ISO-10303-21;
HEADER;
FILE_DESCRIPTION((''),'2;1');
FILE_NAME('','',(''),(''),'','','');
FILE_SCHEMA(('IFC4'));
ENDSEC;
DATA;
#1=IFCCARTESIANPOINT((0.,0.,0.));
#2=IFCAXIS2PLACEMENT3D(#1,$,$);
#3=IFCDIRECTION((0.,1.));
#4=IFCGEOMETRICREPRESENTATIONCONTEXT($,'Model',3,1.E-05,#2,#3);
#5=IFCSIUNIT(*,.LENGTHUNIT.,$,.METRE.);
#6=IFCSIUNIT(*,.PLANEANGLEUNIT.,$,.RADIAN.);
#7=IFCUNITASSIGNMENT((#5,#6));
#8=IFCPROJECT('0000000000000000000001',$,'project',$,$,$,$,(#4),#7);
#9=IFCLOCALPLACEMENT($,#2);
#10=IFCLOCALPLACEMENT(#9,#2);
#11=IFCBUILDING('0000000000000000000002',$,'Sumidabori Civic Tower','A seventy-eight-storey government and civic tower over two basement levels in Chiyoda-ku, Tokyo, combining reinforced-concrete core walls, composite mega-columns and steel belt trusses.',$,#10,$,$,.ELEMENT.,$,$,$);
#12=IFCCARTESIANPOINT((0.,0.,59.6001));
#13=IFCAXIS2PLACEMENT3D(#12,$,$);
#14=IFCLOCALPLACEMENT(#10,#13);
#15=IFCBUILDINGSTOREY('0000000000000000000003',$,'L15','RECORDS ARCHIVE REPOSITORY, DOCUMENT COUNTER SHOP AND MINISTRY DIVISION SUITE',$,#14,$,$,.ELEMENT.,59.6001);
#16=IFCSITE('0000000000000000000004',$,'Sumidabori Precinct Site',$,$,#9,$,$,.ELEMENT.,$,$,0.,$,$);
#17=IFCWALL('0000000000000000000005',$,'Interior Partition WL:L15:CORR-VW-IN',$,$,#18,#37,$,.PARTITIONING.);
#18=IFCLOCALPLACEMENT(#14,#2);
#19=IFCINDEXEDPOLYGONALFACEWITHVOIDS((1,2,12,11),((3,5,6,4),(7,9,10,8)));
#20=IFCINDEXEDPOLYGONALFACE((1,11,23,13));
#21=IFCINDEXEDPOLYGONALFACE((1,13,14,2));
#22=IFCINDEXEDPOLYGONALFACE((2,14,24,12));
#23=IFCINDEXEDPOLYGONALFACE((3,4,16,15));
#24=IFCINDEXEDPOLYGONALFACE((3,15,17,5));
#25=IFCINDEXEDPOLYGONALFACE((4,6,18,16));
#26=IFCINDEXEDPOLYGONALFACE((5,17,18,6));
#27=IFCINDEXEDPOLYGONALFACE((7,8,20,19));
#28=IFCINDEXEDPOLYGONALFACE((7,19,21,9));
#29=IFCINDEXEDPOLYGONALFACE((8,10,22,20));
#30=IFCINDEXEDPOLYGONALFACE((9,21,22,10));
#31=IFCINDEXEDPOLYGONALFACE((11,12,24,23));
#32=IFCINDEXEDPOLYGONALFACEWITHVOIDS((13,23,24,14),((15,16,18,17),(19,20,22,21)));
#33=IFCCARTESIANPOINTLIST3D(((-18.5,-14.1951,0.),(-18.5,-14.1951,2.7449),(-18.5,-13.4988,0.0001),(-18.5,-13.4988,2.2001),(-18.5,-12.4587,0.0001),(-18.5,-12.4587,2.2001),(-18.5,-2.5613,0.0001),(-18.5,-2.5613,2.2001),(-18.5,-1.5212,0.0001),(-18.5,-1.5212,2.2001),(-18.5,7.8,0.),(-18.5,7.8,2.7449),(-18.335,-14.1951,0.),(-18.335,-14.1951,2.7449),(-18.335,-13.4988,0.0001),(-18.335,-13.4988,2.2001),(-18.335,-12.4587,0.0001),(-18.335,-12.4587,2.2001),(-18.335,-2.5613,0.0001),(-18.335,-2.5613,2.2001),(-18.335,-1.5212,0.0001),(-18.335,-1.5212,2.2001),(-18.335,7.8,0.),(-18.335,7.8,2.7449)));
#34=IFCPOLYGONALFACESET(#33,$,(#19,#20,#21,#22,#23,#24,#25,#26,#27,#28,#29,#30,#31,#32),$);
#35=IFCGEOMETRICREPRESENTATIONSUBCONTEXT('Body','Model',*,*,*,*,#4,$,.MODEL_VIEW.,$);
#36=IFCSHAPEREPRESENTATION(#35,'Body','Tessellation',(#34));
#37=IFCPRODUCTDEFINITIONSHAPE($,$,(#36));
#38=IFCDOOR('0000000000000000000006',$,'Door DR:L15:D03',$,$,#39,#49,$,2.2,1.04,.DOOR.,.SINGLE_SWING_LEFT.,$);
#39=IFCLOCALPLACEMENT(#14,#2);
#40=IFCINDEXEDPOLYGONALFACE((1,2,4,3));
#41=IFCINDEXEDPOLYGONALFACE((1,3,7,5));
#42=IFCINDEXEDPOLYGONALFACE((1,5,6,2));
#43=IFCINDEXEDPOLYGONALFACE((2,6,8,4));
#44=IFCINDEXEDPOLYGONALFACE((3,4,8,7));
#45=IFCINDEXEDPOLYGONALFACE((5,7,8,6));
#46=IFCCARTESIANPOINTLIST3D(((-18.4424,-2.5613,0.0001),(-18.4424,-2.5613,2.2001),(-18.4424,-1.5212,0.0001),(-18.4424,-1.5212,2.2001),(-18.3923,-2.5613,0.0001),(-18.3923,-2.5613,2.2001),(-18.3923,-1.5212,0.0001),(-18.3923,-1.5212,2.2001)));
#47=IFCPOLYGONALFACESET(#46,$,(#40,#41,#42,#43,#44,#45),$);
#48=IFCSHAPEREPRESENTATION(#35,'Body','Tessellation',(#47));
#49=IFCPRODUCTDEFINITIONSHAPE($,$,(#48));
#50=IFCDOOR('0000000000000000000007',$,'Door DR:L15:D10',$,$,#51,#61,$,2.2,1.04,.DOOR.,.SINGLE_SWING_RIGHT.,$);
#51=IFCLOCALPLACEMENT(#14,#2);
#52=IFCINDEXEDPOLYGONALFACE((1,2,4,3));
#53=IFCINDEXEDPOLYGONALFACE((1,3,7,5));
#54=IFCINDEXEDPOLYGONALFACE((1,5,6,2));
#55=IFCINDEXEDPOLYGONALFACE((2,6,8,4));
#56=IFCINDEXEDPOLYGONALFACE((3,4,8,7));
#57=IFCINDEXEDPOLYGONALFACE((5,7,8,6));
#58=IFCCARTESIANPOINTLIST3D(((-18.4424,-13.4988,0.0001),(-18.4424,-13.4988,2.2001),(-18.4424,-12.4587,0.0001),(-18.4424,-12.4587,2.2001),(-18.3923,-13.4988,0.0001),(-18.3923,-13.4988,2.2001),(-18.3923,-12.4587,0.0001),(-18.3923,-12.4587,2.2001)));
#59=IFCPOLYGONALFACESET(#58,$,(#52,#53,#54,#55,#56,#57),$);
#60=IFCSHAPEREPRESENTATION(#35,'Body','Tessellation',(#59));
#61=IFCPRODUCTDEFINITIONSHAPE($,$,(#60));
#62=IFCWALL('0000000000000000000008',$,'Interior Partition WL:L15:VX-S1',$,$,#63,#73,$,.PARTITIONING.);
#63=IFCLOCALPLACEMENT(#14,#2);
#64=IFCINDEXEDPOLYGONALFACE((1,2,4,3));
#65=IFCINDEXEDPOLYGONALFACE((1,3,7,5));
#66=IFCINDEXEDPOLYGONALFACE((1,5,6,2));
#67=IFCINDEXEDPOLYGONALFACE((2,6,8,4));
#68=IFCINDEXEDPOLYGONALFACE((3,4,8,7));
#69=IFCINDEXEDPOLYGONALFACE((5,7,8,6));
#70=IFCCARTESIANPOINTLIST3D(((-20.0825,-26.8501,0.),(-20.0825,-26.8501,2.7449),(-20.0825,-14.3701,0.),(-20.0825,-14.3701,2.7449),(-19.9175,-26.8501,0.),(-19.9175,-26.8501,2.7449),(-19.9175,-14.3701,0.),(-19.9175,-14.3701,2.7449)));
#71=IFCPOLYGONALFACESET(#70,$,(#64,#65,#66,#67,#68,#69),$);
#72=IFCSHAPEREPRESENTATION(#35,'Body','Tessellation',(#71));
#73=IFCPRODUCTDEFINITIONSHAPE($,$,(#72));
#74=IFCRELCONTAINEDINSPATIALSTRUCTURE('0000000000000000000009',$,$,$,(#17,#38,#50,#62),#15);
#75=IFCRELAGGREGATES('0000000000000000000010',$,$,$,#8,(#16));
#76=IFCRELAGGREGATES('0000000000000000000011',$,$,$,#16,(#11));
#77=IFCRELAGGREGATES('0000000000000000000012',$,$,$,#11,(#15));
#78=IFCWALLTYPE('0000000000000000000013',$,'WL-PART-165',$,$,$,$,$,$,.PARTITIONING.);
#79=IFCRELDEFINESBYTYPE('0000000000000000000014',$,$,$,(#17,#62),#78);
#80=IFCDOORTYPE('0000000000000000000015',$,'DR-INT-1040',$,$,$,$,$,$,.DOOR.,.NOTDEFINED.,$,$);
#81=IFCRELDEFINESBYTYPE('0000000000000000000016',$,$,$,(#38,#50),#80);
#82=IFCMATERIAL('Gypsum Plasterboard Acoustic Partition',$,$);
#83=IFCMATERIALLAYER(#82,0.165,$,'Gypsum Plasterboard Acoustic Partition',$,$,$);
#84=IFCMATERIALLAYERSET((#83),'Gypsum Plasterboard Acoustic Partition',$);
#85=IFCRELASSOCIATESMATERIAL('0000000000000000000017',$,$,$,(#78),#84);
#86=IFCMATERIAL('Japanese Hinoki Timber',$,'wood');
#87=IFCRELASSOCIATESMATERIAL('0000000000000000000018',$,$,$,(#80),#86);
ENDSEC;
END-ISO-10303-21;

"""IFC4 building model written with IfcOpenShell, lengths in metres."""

from ifc_helpers import new_model, si_unit, direction, frame, frame_2d, origin, place, context, subcontext, project, spatial, rectangle, extrude, source, transform, mapped, material, layer, layer_set, type_object, element, fill, save


model = new_model("IFC4")

# Units and contexts
model_context = context("Model", 3, precision=1e-05, world=origin(), true_north=direction((0.0, 1.0)))
body_context = subcontext(model_context, "Body", "Model", "MODEL_VIEW")
ifc_project = project(units=[si_unit("LENGTHUNIT", "METRE"), si_unit("PLANEANGLEUNIT", "RADIAN")], contexts=[model_context])

# Site, building, storey
site_placement = place(None, origin())
site = spatial("IfcSite", under=ifc_project, at=site_placement, Name="Sumidabori Precinct Site", CompositionType="ELEMENT", RefElevation=0.0)
building_placement = place(site_placement, origin())
building = spatial("IfcBuilding", under=site, at=building_placement, Name="Sumidabori Civic Tower", Description="A seventy-eight-storey government and civic tower over two basement levels in Chiyoda-ku, Tokyo, combining reinforced-concrete core walls, composite mega-columns and steel belt trusses.", CompositionType="ELEMENT")
storey_placement = place(building_placement, frame((0.0, 0.0, 59.6001)))
storey = spatial("IfcBuildingStorey", under=building, at=storey_placement, Name="L15", Description="RECORDS ARCHIVE REPOSITORY, DOCUMENT COUNTER SHOP AND MINISTRY DIVISION SUITE", CompositionType="ELEMENT", Elevation=59.6001)

# Shared definitions
ifc_material_1 = material(Name="Gypsum Plasterboard Acoustic Partition")
ifc_layer_1 = layer(ifc_material_1, 0.165, Name="Gypsum Plasterboard Acoustic Partition")
ifc_layer_set_1 = layer_set([ifc_layer_1], Name="Gypsum Plasterboard Acoustic Partition")
wall_type_1 = type_object("IfcWallType", Name="WL-PART-165", PredefinedType="PARTITIONING", material=ifc_layer_set_1)

# Wall, openings, doors
ifc_material_2 = material(Name="Japanese Hinoki Timber", Category="wood")
door_type = type_object("IfcDoorType", Name="DR-INT-1040", OperationType="NOTDEFINED", PredefinedType="DOOR", material=ifc_material_2)
shared_shape_1 = source(origin(), body_context, "Body", "SweptSolid", [
    extrude(rectangle(XDim=1.04, YDim=2.2, at=frame_2d((0.52, 1.1001))), frame((0.0, 0.0249, 0.0), z_axis=(0.0, -1.0, 0.0), x_axis=(1.0, 0.0, 0.0)), (0.0, 0.0, 1.0), 0.05),
])
shared_shape_2 = source(origin(), body_context, "Body", "SweptSolid", [
    extrude(rectangle(XDim=21.9951, YDim=0.165, at=frame_2d((10.9976, 0.0))), origin(), (0.0, 0.0, 1.0), 2.7449),
])
wall_1_placement = place(storey_placement, frame((-18.4175, -14.1951, 0.0), z_axis=(0.0, 0.0, 1.0), x_axis=(0.0, 1.0, 0.0)))
wall_1 = element("IfcWall", 1, at=wall_1_placement, inside=storey, type_object=wall_type_1, Name="Interior Partition WL:L15:CORR-VW-IN", PredefinedType="PARTITIONING", context=body_context, shape_type="MappedRepresentation", body=[
    mapped(shared_shape_2, transform((0.0, 0.0, 0.0), x_axis=(1.0, 0.0, 0.0), y_axis=(0.0, 1.0, 0.0), z_axis=(0.0, 0.0, 1.0), scale=1.0)),
])
opening_1_placement = place(wall_1_placement, frame((11.6338, 0.0, 0.0)))
opening_1 = element("IfcOpeningElement", 2, at=opening_1_placement, cuts=wall_1, PredefinedType="OPENING", context=body_context, shape_type="SweptSolid", body=[
    extrude(rectangle(XDim=1.04, YDim=2.2, at=frame_2d((0.52, 1.1001))), frame((0.0, 0.0945, 0.0), z_axis=(0.0, -1.0, 0.0), x_axis=(1.0, 0.0, 0.0)), (0.0, 0.0, 1.0), 0.189),
])
opening_2_placement = place(wall_1_placement, frame((0.6963, 0.0, 0.0)))
opening_2 = element("IfcOpeningElement", 3, at=opening_2_placement, cuts=wall_1, PredefinedType="OPENING", context=body_context, shape_type="SweptSolid", body=[
    extrude(rectangle(XDim=1.04, YDim=2.2, at=frame_2d((0.52, 1.1001))), frame((0.0, 0.0945, 0.0), z_axis=(0.0, -1.0, 0.0), x_axis=(1.0, 0.0, 0.0)), (0.0, 0.0, 1.0), 0.189),
])
door_1_placement = place(opening_1_placement, origin())
door_1 = element("IfcDoor", 4, at=door_1_placement, inside=storey, type_object=door_type, Name="Door DR:L15:D03", OperationType="SINGLE_SWING_LEFT", OverallHeight=2.2, OverallWidth=1.04, PredefinedType="DOOR", context=body_context, shape_type="MappedRepresentation", body=[
    mapped(shared_shape_1, transform((0.0, 0.0, 0.0), x_axis=(1.0, 0.0, 0.0), y_axis=(0.0, 1.0, 0.0), z_axis=(0.0, 0.0, 1.0), scale=1.0)),
])
fill(opening_1, door_1)
door_2_placement = place(opening_2_placement, origin())
door_2 = element("IfcDoor", 5, at=door_2_placement, inside=storey, type_object=door_type, Name="Door DR:L15:D10", OperationType="SINGLE_SWING_RIGHT", OverallHeight=2.2, OverallWidth=1.04, PredefinedType="DOOR", context=body_context, shape_type="MappedRepresentation", body=[
    mapped(shared_shape_1, transform((0.0, 0.0, 0.0), x_axis=(1.0, 0.0, 0.0), y_axis=(0.0, 1.0, 0.0), z_axis=(0.0, 0.0, 1.0), scale=1.0)),
])
fill(opening_2, door_2)

# Wall
shared_shape_3 = source(origin(), body_context, "Body", "SweptSolid", [
    extrude(rectangle(XDim=12.48, YDim=0.165, at=frame_2d((6.24, 0.0))), origin(), (0.0, 0.0, 1.0), 2.7449),
])
wall_2_placement = place(storey_placement, frame((-20.0, -26.8501, 0.0), z_axis=(0.0, 0.0, 1.0), x_axis=(0.0, 1.0, 0.0)))
element("IfcWall", 6, at=wall_2_placement, inside=storey, type_object=wall_type_1, Name="Interior Partition WL:L15:VX-S1", PredefinedType="PARTITIONING", context=body_context, shape_type="MappedRepresentation", body=[
    mapped(shared_shape_3, transform((0.0, 0.0, 0.0), x_axis=(1.0, 0.0, 0.0), y_axis=(0.0, 1.0, 0.0), z_axis=(0.0, 0.0, 1.0), scale=1.0)),
])

save(model, "model.ifc")
